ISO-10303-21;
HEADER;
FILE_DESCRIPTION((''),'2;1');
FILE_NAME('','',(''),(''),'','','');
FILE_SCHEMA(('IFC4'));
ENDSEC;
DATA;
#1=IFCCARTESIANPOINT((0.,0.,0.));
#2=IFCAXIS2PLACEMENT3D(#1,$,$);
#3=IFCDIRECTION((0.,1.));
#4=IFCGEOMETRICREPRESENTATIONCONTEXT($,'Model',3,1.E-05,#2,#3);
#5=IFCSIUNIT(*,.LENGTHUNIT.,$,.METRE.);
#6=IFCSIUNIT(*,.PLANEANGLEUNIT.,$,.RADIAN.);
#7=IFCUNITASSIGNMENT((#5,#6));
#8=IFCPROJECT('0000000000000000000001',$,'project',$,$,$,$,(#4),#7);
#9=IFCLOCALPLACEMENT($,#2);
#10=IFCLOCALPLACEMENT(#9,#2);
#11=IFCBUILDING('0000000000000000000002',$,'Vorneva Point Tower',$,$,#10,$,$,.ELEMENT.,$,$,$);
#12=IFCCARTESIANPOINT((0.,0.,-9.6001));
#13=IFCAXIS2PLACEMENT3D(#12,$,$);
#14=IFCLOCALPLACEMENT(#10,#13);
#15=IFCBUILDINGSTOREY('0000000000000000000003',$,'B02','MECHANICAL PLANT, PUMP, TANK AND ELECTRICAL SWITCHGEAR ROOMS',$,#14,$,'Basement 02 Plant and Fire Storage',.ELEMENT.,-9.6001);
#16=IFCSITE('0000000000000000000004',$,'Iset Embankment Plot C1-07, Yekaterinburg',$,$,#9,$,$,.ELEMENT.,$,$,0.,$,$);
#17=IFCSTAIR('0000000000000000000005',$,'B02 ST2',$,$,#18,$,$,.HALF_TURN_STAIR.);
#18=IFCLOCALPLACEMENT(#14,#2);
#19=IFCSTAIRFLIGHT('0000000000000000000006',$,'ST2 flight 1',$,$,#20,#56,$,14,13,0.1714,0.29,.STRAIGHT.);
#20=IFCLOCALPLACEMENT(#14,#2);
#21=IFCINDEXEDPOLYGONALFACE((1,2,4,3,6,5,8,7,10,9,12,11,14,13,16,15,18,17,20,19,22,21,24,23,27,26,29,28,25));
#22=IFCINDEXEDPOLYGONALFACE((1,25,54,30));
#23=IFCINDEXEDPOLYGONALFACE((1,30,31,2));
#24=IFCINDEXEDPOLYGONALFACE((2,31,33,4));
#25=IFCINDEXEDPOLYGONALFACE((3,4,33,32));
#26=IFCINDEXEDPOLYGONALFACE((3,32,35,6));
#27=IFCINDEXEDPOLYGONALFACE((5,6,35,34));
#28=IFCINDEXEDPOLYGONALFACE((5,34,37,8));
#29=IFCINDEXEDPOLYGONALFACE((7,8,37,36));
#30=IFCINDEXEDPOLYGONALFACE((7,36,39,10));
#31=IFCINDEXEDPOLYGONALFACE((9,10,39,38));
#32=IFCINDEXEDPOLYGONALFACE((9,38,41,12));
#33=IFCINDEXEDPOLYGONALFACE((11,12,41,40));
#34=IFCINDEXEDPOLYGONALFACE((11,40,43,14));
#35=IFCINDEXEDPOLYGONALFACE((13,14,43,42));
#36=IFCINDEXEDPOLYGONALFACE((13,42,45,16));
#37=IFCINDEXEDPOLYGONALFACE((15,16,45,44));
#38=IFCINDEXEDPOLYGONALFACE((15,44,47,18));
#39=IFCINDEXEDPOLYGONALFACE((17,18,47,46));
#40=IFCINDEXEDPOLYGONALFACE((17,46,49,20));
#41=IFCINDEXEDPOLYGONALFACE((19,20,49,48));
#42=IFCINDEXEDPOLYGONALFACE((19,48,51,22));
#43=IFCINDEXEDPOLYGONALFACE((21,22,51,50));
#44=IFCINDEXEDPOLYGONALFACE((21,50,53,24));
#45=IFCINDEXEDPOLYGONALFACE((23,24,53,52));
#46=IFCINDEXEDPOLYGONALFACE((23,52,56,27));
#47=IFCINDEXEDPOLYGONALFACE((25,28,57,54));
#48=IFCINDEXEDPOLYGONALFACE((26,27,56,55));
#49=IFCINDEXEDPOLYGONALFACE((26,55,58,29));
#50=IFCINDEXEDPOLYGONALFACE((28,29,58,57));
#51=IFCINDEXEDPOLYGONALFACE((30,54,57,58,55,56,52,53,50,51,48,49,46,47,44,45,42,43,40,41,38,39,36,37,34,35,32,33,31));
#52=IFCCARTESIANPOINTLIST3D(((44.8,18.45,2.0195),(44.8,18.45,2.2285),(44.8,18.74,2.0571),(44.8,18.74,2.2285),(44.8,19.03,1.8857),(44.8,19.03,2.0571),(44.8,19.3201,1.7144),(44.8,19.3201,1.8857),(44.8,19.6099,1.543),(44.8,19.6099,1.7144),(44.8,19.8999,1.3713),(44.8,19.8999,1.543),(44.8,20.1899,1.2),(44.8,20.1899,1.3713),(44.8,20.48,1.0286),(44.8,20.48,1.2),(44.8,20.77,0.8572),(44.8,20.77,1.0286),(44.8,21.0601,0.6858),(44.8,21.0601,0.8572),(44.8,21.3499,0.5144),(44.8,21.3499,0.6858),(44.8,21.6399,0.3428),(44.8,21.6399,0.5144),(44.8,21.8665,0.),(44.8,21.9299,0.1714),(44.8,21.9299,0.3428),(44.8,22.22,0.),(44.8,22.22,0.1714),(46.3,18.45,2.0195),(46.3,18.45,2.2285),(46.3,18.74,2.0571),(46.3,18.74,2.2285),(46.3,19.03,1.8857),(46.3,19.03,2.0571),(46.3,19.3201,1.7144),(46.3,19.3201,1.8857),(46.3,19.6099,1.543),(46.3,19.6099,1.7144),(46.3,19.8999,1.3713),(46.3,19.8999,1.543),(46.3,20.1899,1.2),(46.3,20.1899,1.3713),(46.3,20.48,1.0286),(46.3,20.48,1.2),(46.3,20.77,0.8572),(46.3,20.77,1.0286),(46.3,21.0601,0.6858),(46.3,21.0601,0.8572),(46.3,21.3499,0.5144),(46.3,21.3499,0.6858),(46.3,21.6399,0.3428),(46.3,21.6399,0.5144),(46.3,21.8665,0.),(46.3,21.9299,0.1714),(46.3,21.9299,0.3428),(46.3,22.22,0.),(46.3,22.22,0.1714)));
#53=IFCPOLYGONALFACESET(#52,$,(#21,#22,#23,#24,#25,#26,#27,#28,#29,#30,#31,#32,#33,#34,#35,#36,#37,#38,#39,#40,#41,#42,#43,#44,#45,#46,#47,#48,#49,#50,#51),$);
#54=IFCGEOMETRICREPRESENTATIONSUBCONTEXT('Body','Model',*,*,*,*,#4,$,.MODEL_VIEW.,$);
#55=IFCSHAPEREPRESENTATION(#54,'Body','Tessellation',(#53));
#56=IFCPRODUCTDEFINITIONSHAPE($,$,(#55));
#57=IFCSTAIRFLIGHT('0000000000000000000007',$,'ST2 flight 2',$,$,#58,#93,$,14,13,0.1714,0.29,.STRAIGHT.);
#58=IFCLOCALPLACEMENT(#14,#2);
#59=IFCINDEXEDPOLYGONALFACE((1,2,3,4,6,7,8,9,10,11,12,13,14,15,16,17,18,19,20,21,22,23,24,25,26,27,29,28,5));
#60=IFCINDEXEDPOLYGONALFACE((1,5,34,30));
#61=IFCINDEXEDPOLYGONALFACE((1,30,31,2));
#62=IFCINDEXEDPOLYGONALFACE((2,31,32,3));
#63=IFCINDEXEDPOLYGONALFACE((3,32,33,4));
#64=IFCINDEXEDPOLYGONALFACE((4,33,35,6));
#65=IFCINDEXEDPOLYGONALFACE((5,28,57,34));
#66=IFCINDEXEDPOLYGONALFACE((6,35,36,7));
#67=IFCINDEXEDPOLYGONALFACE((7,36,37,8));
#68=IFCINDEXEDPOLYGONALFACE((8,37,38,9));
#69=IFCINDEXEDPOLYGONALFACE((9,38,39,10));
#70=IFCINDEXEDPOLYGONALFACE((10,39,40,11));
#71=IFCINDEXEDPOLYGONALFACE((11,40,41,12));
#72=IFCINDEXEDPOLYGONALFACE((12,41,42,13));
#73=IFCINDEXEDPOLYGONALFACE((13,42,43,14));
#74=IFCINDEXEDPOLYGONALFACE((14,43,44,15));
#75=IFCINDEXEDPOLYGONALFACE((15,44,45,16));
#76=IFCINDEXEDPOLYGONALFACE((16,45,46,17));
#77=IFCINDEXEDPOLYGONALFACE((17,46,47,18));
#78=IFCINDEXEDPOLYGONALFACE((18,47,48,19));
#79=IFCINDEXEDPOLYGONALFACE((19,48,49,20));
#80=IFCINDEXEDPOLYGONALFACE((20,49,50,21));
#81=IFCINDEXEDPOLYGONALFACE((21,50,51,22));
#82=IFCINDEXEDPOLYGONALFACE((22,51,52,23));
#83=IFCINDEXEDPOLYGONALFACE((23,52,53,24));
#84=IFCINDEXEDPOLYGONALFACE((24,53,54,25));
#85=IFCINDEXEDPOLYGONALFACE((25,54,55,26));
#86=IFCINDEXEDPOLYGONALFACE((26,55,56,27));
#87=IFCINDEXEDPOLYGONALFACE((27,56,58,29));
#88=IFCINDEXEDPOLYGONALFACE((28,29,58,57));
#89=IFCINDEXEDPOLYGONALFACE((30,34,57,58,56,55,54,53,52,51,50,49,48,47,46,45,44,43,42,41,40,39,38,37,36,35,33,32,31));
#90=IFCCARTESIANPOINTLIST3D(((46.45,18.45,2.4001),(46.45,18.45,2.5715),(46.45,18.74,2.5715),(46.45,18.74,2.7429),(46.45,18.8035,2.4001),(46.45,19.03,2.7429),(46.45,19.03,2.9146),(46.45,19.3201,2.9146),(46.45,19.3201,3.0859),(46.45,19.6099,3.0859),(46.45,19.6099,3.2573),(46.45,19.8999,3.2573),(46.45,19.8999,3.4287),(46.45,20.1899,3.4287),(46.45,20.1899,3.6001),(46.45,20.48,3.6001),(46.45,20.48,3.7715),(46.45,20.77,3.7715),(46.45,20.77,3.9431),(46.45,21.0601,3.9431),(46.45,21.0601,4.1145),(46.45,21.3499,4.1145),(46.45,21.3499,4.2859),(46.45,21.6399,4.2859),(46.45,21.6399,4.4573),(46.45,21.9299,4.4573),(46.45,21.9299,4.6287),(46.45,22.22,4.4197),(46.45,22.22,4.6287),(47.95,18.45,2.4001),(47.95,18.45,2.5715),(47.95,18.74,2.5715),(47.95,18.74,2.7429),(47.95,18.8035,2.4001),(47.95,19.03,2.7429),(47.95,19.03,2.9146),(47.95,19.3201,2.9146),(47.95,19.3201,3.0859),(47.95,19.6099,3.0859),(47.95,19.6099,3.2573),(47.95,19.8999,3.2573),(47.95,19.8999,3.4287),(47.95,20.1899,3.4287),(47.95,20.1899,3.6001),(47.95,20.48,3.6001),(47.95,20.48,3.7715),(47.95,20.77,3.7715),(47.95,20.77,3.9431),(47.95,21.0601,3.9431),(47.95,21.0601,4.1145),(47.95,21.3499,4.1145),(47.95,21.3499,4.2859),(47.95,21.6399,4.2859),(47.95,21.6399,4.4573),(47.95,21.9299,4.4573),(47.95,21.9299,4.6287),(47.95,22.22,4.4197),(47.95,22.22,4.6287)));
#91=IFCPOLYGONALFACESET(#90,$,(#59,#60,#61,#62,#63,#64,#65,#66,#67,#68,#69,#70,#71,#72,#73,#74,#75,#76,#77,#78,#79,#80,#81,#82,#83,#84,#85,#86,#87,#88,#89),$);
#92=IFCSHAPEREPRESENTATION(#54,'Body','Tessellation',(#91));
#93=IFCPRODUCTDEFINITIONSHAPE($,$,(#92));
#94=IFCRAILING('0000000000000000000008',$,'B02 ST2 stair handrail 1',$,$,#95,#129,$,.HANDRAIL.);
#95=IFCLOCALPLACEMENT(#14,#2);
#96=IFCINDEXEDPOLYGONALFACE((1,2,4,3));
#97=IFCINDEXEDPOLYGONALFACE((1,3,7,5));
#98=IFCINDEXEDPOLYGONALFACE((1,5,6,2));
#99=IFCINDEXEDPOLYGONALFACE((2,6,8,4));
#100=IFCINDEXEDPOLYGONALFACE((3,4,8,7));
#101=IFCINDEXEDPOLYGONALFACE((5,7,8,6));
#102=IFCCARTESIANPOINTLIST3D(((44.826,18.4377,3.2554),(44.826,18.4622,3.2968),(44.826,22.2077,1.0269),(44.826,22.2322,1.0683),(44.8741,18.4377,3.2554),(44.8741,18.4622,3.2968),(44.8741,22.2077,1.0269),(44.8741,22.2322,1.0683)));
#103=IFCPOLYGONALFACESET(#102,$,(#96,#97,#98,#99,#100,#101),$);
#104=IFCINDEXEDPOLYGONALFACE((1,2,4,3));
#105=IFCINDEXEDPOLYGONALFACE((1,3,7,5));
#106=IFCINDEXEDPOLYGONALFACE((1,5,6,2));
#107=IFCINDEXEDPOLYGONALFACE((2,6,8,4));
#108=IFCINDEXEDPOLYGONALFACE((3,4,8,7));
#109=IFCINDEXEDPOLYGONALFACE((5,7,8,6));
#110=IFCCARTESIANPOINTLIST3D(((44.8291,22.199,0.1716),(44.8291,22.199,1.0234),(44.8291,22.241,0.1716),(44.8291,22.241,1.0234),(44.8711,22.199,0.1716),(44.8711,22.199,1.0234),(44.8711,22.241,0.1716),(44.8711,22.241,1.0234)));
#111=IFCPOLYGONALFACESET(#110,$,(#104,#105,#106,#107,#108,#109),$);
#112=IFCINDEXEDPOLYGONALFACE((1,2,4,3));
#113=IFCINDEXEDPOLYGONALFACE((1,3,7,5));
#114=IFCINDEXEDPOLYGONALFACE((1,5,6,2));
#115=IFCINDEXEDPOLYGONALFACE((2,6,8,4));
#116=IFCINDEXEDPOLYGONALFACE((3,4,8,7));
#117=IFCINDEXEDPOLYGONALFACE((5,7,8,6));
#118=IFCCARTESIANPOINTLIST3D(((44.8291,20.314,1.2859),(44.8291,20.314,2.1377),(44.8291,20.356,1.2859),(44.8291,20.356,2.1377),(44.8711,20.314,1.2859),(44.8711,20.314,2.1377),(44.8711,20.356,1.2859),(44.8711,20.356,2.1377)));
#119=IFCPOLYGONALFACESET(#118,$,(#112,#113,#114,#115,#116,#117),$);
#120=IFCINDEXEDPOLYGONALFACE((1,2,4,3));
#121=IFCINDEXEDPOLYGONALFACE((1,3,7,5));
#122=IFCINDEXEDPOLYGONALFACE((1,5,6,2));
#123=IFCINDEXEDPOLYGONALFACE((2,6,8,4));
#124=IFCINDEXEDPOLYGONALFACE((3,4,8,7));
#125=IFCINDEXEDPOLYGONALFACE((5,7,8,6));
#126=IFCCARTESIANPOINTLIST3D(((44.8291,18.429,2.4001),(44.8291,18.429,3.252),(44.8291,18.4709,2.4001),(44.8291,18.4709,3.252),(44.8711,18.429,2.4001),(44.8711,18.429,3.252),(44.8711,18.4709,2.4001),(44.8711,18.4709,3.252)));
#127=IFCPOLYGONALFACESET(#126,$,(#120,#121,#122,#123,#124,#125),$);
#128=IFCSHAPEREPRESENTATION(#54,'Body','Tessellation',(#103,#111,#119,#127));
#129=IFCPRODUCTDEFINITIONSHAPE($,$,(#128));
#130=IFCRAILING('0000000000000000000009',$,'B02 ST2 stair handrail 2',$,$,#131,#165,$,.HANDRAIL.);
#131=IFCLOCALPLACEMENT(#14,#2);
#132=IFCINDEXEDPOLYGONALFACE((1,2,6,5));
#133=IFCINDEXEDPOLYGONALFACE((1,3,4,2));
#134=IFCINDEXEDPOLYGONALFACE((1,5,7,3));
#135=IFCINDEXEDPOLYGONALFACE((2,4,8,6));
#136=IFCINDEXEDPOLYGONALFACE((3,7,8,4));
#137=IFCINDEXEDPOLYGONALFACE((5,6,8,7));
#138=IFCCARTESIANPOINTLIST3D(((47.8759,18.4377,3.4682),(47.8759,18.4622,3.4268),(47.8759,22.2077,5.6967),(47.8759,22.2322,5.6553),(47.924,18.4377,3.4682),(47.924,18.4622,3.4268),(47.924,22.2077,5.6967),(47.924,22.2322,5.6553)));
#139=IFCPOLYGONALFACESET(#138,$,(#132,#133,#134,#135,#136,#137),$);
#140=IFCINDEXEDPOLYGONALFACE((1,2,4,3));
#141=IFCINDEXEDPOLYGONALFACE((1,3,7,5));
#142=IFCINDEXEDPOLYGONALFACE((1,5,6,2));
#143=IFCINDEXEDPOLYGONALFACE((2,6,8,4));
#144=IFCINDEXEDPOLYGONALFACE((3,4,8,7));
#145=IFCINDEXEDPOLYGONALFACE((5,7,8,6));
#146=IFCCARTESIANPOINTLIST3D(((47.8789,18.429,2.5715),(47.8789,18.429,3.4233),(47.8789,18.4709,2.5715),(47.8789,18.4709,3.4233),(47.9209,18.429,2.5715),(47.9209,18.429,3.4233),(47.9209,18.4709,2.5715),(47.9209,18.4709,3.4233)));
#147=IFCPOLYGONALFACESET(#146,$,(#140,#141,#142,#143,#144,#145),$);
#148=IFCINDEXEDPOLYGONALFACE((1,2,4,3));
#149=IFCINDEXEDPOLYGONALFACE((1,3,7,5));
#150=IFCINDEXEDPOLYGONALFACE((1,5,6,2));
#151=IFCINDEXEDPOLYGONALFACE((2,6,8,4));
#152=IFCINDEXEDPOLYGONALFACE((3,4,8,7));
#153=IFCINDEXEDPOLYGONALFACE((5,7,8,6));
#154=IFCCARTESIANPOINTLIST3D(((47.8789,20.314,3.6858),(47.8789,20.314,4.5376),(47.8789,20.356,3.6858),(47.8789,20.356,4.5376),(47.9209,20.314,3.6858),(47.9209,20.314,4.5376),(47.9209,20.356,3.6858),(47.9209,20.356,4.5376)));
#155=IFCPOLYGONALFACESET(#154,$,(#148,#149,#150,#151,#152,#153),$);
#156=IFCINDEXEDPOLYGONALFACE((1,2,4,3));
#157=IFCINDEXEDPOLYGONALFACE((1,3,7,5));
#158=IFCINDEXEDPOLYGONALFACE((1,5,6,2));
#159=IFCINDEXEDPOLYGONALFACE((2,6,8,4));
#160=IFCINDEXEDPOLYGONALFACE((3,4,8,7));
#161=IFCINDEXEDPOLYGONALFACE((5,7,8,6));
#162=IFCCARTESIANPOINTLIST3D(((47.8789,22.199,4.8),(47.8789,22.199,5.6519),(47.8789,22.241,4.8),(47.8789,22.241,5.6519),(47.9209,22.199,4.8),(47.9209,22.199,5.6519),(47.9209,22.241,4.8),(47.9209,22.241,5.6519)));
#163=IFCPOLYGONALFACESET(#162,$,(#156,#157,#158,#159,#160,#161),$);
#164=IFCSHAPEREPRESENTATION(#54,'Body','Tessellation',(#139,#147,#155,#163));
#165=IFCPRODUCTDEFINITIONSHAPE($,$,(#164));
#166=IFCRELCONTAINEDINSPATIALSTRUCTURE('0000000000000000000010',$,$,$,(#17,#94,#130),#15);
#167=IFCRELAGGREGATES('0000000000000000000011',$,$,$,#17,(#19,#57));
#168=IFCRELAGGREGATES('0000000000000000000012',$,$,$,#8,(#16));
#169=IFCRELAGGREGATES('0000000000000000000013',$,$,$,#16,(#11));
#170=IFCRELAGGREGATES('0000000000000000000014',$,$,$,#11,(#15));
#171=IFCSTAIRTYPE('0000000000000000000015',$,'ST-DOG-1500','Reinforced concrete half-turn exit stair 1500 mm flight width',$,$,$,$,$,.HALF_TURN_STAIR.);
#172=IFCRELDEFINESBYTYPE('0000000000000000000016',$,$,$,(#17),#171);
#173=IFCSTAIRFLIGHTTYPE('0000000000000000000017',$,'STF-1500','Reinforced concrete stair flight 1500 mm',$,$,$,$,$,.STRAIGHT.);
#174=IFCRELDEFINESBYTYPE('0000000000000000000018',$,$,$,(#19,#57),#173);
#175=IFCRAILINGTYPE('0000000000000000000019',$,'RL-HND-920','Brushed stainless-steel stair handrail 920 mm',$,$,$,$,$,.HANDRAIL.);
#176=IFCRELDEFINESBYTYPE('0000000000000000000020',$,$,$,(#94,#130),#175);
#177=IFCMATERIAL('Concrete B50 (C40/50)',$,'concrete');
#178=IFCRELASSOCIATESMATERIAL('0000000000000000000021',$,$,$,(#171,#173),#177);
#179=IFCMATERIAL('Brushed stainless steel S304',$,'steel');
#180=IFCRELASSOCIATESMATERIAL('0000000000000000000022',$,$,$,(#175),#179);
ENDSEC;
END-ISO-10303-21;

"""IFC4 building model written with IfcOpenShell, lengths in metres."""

from ifc_helpers import new_model, si_unit, direction, frame, origin, origin_2d, place, context, subcontext, project, spatial, polyline, rectangle, outline, extrude, material, type_object, element, aggregate, save


model = new_model("IFC4")

# Units and contexts
model_context = context("Model", 3, precision=1e-05, world=origin(), true_north=direction((0.0, 1.0)))
body_context = subcontext(model_context, "Body", "Model", "MODEL_VIEW")
ifc_project = project(units=[si_unit("LENGTHUNIT", "METRE"), si_unit("PLANEANGLEUNIT", "RADIAN")], contexts=[model_context])

# Site, building, storey
site_placement = place(None, origin())
site = spatial("IfcSite", under=ifc_project, at=site_placement, Name="Iset Embankment Plot C1-07, Yekaterinburg", CompositionType="ELEMENT", RefElevation=0.0)
building_placement = place(site_placement, origin())
building = spatial("IfcBuilding", under=site, at=building_placement, Name="Vorneva Point Tower", CompositionType="ELEMENT")
storey_placement = place(building_placement, frame((0.0, 0.0, -9.6001)))
storey = spatial("IfcBuildingStorey", under=building, at=storey_placement, Name="B02", Description="MECHANICAL PLANT, PUMP, TANK AND ELECTRICAL SWITCHGEAR ROOMS", LongName="Basement 02 Plant and Fire Storage", CompositionType="ELEMENT", Elevation=-9.6001)

# Shared definitions
ifc_material_1 = material(Name="Concrete B50 (C40/50)", Category="concrete")

# Stair, stair flights
stair_type = type_object("IfcStairType", Name="ST-DOG-1500", Description="Reinforced concrete half-turn exit stair 1500 mm flight width", PredefinedType="HALF_TURN_STAIR", material=ifc_material_1)
stair_placement = place(storey_placement, origin())
stair = element("IfcStair", 1, at=stair_placement, inside=storey, type_object=stair_type, Name="B02 ST2", PredefinedType="HALF_TURN_STAIR")
stair_flight_type = type_object("IfcStairFlightType", Name="STF-1500", Description="Reinforced concrete stair flight 1500 mm", PredefinedType="STRAIGHT", material=ifc_material_1)
stair_flight_1_placement = place(storey_placement, frame((45.55, 22.22, 0.0), z_axis=(0.0, 0.0, 1.0), x_axis=(0.0, -1.0, 0.0)))
stair_flight_1 = element("IfcStairFlight", 2, at=stair_flight_1_placement, type_object=stair_flight_type, Name="ST2 flight 1", NumberOfRisers=14, NumberOfTreads=13, PredefinedType="STRAIGHT", RiserHeight=0.1714, TreadLength=0.29, context=body_context, shape_type="SweptSolid", body=[
    extrude(outline(polyline([(0.0, 0.0), (0.0, 0.1714), (0.29, 0.1714), (0.29, 0.3428), (0.5801, 0.3428), (0.5801, 0.5144), (0.8701, 0.5144), (0.8701, 0.6858), (1.1599, 0.6858), (1.1599, 0.8572), (1.45, 0.8572), (1.45, 1.0286), (1.74, 1.0286), (1.74, 1.2), (2.03, 1.2), (2.03, 1.3713), (2.3201, 1.3713), (2.3201, 1.543), (2.6101, 1.543), (2.6101, 1.7144), (2.8999, 1.7144), (2.8999, 1.8857), (3.1899, 1.8857), (3.1899, 2.0571), (3.48, 2.0571), (3.48, 2.2285), (3.77, 2.2285), (3.77, 2.3999), (3.77, 2.0195), (0.3535, 0.0), (0.0, 0.0)])), frame((0.0, 0.75, 0.0), z_axis=(0.0, -1.0, 0.0), x_axis=(1.0, 0.0, 0.0)), (0.0, 0.0, 1.0), 1.5),
])
stair_flight_2_placement = place(storey_placement, frame((47.2, 18.45, 2.4001), z_axis=(0.0, 0.0, 1.0), x_axis=(0.0, 1.0, 0.0)))
stair_flight_2 = element("IfcStairFlight", 3, at=stair_flight_2_placement, type_object=stair_flight_type, Name="ST2 flight 2", NumberOfRisers=14, NumberOfTreads=13, PredefinedType="STRAIGHT", RiserHeight=0.1714, TreadLength=0.29, context=body_context, shape_type="SweptSolid", body=[
    extrude(outline(polyline([(0.0, 0.0), (0.0, 0.1714), (0.29, 0.1714), (0.29, 0.3428), (0.5801, 0.3428), (0.5801, 0.5144), (0.8701, 0.5144), (0.8701, 0.6858), (1.1599, 0.6858), (1.1599, 0.8572), (1.45, 0.8572), (1.45, 1.0286), (1.74, 1.0286), (1.74, 1.2), (2.03, 1.2), (2.03, 1.3713), (2.3201, 1.3713), (2.3201, 1.543), (2.6101, 1.543), (2.6101, 1.7144), (2.8999, 1.7144), (2.8999, 1.8857), (3.1899, 1.8857), (3.1899, 2.0571), (3.48, 2.0571), (3.48, 2.2285), (3.77, 2.2285), (3.77, 2.3999), (3.77, 2.0195), (0.3535, 0.0), (0.0, 0.0)])), frame((0.0, 0.75, 0.0), z_axis=(0.0, -1.0, 0.0), x_axis=(1.0, 0.0, 0.0)), (0.0, 0.0, 1.0), 1.5),
])
aggregate(stair, [stair_flight_1, stair_flight_2])

# Railings
ifc_material_2 = material(Name="Brushed stainless steel S304", Category="steel")
railing_type_1 = type_object("IfcRailingType", Name="RL-HND-920", Description="Brushed stainless-steel stair handrail 920 mm", PredefinedType="HANDRAIL", material=ifc_material_2)
railing_1_placement = place(storey_placement, frame((44.8501, 22.22, 0.1716)))
element("IfcRailing", 4, at=railing_1_placement, inside=storey, type_object=railing_type_1, Name="B02 ST2 stair handrail 1", PredefinedType="HANDRAIL", context=body_context, shape_type="SweptSolid", body=[
    extrude(rectangle(XDim=0.0481, YDim=0.0481, at=origin_2d()), frame((0.0, 0.0, 0.876), z_axis=(0.0, -0.860849, 0.508861), x_axis=(1.0, 0.0, 0.0)), (0.0, 0.0, 1.0), 4.3794),
    extrude(rectangle(XDim=0.042, YDim=0.042, at=origin_2d()), origin(), (0.0, 0.0, 1.0), 0.8518),
    extrude(rectangle(XDim=0.042, YDim=0.042, at=origin_2d()), frame((0.0, -1.885, 1.1143)), (0.0, 0.0, 1.0), 0.8518),
    extrude(rectangle(XDim=0.042, YDim=0.042, at=origin_2d()), frame((0.0, -3.77, 2.2285)), (0.0, 0.0, 1.0), 0.8518),
])
railing_2_placement = place(storey_placement, frame((47.8999, 18.45, 2.5715)))
element("IfcRailing", 5, at=railing_2_placement, inside=storey, type_object=railing_type_1, Name="B02 ST2 stair handrail 2", PredefinedType="HANDRAIL", context=body_context, shape_type="SweptSolid", body=[
    extrude(rectangle(XDim=0.0481, YDim=0.0481, at=origin_2d()), frame((0.0, 0.0, 0.876), z_axis=(0.0, 0.860849, 0.508861), x_axis=(-1.0, 0.0, 0.0)), (0.0, 0.0, 1.0), 4.3794),
    extrude(rectangle(XDim=0.042, YDim=0.042, at=origin_2d()), origin(), (0.0, 0.0, 1.0), 0.8518),
    extrude(rectangle(XDim=0.042, YDim=0.042, at=origin_2d()), frame((0.0, 1.885, 1.1143)), (0.0, 0.0, 1.0), 0.8518),
    extrude(rectangle(XDim=0.042, YDim=0.042, at=origin_2d()), frame((0.0, 3.77, 2.2285)), (0.0, 0.0, 1.0), 0.8518),
])

save(model, "model.ifc")
